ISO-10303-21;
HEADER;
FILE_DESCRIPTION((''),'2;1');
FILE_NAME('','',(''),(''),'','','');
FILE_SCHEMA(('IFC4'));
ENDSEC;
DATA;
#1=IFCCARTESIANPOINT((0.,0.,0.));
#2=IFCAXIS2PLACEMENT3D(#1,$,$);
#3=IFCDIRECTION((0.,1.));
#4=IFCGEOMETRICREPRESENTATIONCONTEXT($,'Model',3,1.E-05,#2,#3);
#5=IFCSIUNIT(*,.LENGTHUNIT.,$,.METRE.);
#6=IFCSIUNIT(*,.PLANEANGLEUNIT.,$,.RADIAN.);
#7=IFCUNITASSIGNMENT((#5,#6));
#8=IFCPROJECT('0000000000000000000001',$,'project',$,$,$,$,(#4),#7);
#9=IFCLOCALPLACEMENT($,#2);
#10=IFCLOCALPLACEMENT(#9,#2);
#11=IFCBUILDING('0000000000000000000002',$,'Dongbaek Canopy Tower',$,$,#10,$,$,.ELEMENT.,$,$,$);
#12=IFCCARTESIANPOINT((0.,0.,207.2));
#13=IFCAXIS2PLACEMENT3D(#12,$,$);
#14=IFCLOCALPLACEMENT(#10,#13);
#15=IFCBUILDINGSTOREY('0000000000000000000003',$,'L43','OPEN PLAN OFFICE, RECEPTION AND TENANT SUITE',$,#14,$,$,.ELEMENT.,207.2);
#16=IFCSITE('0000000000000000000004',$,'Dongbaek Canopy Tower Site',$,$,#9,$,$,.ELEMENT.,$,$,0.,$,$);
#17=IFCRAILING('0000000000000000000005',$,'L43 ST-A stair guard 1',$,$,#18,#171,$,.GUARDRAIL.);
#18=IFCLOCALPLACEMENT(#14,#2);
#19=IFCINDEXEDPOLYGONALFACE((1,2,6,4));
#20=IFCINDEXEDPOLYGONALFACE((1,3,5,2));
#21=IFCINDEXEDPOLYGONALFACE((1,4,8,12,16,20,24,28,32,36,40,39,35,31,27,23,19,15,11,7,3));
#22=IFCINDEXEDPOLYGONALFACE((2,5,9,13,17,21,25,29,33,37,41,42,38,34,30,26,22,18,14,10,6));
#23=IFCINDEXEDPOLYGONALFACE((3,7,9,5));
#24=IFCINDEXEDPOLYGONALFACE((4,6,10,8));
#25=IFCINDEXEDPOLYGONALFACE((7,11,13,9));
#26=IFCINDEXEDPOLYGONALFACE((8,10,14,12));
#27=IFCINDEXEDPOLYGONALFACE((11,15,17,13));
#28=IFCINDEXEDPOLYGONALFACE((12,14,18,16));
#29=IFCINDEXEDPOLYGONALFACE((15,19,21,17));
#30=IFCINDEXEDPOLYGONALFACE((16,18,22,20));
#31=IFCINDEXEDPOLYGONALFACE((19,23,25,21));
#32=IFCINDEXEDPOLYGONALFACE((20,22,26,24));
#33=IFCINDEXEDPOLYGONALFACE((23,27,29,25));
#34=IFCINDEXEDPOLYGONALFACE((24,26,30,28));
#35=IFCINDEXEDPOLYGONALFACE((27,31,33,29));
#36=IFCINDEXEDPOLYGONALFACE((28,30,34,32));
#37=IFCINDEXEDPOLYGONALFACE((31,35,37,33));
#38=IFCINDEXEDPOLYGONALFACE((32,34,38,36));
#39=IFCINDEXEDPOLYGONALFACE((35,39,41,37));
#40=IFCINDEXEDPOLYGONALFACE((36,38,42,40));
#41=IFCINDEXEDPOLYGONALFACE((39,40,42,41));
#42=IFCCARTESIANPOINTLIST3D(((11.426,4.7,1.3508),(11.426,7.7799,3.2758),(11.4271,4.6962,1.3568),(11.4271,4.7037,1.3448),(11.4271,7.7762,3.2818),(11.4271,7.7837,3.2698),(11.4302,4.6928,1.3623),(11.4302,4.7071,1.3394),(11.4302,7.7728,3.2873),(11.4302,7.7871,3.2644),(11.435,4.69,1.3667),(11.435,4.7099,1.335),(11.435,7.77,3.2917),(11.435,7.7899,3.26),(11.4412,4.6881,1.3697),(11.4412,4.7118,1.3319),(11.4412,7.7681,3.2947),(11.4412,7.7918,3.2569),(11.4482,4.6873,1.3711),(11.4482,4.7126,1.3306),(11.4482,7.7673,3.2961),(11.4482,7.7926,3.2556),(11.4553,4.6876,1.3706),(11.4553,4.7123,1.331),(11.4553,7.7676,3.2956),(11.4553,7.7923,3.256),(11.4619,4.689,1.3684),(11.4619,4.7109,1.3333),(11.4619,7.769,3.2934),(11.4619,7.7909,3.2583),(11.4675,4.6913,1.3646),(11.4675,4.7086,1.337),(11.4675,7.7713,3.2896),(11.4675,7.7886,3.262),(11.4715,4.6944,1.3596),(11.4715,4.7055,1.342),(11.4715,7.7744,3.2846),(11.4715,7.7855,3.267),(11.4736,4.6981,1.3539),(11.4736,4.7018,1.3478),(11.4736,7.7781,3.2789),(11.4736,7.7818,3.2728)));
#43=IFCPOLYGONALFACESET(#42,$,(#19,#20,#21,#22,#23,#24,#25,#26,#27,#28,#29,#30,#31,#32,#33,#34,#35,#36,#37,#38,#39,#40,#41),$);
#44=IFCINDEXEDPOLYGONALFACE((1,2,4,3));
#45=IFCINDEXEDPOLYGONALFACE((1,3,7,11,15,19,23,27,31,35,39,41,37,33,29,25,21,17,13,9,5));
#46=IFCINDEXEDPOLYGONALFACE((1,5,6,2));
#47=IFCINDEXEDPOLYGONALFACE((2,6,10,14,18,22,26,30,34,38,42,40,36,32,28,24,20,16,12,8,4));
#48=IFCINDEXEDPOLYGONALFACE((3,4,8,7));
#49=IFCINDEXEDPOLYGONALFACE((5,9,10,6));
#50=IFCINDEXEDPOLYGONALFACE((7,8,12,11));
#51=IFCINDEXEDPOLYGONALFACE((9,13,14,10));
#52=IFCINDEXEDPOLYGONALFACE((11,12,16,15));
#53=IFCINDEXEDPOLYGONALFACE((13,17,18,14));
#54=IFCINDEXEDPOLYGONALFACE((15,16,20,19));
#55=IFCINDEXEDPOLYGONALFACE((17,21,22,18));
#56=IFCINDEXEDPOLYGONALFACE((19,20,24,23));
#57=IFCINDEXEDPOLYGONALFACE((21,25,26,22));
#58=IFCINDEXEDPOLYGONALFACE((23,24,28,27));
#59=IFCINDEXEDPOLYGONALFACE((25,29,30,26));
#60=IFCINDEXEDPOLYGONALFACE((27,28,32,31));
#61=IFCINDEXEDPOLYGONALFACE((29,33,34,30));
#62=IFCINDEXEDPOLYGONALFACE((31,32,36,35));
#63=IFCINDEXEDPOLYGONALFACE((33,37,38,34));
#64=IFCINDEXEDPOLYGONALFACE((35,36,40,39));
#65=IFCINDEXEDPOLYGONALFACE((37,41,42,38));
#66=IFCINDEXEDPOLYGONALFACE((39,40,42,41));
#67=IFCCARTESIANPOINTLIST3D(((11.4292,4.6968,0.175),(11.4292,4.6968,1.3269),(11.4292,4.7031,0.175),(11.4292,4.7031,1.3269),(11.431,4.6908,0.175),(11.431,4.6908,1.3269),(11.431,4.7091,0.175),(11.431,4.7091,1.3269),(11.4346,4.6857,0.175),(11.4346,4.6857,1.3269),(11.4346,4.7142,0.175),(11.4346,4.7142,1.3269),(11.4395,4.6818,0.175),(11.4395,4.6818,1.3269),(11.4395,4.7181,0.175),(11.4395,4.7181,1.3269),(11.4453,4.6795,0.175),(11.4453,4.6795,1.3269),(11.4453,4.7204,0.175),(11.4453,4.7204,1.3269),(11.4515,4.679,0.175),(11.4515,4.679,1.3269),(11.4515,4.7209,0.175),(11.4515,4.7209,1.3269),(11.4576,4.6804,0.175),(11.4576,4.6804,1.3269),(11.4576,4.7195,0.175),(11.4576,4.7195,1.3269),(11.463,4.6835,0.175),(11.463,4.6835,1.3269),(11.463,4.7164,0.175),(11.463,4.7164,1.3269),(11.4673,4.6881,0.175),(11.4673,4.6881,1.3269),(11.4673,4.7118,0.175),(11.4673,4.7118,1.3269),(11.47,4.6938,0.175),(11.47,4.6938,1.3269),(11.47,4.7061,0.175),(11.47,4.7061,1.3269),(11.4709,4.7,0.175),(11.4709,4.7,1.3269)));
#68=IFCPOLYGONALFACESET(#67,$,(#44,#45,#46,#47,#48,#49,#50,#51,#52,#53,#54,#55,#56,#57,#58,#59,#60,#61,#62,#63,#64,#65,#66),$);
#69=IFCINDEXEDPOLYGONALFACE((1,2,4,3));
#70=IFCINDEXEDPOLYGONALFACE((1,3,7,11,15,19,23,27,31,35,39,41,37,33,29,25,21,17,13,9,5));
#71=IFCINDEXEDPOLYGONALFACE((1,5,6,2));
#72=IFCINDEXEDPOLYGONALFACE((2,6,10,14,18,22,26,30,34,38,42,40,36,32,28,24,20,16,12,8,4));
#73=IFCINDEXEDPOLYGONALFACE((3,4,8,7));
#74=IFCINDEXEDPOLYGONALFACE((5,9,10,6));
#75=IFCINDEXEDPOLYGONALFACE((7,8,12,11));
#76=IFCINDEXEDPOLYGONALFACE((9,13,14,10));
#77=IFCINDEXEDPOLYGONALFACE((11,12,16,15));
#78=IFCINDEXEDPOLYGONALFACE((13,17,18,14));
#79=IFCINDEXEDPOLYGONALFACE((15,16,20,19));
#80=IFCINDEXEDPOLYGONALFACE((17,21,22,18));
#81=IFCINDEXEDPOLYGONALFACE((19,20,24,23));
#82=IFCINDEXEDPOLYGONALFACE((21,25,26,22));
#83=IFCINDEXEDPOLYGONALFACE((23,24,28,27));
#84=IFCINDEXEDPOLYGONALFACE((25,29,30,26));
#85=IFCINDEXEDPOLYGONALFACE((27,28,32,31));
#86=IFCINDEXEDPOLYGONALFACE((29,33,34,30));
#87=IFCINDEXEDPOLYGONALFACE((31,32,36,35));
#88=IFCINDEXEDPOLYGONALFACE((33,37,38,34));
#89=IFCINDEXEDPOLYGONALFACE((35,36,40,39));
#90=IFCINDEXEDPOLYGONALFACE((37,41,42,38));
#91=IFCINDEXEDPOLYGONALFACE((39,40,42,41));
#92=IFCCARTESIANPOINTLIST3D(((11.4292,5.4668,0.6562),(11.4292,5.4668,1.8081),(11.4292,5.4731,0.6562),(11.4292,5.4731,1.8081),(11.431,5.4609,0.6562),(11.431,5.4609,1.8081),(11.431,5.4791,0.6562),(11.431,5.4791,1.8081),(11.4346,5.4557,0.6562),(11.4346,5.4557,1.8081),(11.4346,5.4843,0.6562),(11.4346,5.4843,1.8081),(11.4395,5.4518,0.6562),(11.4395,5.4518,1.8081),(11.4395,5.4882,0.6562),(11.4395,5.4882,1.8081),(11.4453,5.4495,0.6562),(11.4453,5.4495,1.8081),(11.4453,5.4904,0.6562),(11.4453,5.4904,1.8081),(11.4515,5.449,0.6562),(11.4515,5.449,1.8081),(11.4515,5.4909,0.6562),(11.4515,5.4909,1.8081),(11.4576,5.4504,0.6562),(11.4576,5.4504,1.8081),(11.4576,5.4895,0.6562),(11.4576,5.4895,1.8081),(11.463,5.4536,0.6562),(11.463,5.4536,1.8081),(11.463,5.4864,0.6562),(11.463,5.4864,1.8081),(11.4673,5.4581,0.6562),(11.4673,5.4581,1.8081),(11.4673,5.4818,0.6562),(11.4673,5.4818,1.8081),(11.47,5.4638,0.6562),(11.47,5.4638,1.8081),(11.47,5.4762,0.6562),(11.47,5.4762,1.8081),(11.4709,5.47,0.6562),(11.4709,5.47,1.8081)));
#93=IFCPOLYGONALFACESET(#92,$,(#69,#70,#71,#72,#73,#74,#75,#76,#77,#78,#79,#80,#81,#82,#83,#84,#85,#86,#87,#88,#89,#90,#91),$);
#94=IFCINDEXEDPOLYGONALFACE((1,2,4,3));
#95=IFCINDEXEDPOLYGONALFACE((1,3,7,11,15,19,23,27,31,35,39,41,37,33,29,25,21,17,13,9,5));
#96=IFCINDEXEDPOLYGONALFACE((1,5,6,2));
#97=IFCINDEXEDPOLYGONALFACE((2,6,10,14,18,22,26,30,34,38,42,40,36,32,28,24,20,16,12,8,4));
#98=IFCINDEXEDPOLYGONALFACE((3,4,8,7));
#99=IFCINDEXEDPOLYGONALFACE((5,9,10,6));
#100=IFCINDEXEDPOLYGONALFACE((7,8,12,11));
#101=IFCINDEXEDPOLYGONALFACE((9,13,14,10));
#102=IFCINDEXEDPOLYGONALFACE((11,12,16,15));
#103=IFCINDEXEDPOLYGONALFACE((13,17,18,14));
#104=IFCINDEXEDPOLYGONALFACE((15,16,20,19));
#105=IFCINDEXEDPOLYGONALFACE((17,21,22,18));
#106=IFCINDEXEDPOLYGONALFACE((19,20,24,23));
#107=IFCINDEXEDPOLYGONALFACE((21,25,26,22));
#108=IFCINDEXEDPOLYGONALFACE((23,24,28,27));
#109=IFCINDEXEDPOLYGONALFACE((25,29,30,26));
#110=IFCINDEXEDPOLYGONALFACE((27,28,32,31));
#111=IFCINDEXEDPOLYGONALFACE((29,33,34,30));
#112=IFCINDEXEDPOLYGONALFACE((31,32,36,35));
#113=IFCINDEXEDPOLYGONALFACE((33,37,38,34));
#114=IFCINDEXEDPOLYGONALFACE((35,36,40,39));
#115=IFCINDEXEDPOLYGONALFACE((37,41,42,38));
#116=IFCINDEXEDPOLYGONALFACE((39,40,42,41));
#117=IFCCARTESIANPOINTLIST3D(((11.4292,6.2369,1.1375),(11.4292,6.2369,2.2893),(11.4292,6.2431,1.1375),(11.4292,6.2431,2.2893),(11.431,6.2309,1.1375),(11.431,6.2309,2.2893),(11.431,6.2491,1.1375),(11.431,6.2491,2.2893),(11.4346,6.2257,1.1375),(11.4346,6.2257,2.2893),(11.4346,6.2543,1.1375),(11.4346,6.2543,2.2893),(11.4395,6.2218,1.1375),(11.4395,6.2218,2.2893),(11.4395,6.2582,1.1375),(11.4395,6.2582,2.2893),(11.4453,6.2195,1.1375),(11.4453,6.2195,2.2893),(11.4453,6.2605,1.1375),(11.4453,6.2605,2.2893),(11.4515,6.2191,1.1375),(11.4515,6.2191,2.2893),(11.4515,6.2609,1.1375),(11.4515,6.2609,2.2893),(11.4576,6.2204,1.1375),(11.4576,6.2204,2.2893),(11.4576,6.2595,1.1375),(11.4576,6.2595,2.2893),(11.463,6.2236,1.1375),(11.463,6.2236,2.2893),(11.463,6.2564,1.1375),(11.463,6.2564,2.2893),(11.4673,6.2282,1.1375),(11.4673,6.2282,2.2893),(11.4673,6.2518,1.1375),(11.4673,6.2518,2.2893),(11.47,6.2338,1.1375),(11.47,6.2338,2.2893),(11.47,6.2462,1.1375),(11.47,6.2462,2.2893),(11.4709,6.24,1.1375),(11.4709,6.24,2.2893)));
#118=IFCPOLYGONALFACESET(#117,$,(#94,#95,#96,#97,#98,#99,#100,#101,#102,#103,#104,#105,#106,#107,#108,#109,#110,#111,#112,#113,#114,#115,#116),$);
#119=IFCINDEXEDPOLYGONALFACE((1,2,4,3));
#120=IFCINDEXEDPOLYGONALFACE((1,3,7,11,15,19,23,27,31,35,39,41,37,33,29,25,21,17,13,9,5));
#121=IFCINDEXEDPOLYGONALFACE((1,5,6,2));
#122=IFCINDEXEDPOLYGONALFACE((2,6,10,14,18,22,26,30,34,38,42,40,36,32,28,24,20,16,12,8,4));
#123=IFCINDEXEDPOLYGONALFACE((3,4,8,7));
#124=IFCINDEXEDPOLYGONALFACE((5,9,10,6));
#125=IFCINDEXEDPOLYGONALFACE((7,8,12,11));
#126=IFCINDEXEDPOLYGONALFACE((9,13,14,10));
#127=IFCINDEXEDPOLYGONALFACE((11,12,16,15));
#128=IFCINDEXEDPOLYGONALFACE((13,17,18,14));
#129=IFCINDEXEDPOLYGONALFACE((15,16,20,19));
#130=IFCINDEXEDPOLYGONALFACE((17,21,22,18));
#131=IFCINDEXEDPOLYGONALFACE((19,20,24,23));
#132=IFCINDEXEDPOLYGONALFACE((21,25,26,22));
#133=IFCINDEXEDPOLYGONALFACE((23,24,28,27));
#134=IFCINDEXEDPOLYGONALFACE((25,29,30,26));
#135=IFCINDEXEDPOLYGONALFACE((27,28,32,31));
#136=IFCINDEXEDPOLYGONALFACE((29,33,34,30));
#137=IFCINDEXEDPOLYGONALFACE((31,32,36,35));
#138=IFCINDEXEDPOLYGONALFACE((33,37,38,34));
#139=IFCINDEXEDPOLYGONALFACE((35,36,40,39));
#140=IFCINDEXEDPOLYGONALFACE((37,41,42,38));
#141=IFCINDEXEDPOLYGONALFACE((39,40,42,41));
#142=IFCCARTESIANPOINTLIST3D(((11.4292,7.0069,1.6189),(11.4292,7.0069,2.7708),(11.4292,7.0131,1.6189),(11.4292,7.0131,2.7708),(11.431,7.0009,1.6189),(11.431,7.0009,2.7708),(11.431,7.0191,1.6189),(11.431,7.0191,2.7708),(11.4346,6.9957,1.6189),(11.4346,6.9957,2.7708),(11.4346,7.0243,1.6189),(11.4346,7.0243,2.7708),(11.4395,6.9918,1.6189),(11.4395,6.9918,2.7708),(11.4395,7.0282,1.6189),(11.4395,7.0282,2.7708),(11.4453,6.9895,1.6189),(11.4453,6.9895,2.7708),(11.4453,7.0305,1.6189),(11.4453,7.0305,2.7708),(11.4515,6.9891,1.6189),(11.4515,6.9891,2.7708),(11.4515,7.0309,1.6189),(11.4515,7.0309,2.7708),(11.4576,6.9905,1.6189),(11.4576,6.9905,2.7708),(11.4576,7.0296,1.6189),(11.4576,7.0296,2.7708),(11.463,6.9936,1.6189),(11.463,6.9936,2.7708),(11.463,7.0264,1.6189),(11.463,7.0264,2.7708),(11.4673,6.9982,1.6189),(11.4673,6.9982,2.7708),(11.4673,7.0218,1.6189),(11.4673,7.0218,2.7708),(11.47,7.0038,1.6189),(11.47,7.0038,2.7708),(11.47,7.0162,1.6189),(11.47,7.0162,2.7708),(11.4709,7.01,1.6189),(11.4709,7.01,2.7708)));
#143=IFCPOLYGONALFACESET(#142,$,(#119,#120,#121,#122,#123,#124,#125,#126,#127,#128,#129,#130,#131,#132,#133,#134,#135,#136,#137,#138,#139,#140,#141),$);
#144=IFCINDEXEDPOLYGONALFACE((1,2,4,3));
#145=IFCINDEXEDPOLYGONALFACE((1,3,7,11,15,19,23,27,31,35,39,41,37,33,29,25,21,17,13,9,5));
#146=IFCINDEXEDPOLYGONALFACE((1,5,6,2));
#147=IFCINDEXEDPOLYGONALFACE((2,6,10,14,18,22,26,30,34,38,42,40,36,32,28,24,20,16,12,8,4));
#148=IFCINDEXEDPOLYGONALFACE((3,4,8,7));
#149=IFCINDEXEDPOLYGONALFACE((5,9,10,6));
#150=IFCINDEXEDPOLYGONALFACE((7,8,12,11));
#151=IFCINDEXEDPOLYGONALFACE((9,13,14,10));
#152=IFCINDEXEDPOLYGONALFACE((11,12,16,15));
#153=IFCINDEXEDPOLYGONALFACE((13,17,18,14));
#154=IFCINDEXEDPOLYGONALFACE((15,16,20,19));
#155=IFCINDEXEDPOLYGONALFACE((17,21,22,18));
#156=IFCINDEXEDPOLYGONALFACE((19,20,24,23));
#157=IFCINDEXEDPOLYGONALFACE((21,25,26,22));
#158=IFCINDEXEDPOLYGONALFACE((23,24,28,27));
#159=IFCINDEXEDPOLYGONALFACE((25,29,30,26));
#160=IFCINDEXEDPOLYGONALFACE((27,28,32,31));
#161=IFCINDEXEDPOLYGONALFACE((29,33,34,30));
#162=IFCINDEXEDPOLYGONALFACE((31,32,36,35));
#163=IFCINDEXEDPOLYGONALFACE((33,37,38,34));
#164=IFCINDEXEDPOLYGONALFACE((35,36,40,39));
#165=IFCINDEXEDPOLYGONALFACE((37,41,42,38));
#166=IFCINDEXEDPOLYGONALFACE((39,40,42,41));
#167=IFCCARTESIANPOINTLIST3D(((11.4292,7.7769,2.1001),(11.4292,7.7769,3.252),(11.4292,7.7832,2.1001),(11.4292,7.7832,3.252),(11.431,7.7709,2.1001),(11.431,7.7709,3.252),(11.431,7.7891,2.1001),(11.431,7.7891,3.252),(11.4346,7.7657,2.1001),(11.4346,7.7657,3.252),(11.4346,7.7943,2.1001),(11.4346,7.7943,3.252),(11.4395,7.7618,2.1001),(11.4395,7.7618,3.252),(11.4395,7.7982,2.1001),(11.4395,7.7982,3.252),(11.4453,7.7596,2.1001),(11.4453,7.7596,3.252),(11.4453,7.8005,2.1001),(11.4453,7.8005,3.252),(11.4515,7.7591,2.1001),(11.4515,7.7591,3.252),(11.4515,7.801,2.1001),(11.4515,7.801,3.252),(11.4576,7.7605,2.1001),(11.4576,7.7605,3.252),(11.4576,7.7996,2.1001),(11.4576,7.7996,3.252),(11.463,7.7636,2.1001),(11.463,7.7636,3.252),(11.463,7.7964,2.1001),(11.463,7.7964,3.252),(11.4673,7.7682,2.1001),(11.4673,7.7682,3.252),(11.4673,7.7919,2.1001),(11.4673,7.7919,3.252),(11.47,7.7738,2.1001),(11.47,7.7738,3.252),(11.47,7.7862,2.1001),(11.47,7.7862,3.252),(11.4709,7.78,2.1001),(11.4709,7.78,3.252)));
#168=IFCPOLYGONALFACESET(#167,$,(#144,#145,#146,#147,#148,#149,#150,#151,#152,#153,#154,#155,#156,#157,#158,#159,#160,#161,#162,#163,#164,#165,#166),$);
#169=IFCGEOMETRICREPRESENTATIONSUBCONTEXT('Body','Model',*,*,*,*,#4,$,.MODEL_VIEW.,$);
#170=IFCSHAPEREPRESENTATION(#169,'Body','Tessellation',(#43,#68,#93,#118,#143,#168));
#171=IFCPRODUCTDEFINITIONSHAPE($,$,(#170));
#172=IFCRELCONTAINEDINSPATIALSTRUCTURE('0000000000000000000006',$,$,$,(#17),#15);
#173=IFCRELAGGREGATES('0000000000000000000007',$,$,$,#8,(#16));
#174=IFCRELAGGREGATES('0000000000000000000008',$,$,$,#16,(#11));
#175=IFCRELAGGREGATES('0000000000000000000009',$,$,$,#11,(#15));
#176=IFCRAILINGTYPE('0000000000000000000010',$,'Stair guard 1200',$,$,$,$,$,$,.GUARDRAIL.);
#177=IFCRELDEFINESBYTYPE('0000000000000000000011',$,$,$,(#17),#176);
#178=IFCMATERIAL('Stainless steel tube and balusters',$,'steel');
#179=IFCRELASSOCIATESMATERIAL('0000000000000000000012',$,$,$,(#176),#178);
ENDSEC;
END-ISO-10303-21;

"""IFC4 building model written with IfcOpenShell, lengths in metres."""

from ifc_helpers import new_model, si_unit, direction, frame, origin, origin_2d, place, context, subcontext, project, spatial, circle, extrude, material, type_object, element, save


model = new_model("IFC4")

# Units and contexts
model_context = context("Model", 3, precision=1e-05, world=origin(), true_north=direction((0.0, 1.0)))
body_context = subcontext(model_context, "Body", "Model", "MODEL_VIEW")
ifc_project = project(units=[si_unit("LENGTHUNIT", "METRE"), si_unit("PLANEANGLEUNIT", "RADIAN")], contexts=[model_context])

# Site, building, storey
site_placement = place(None, origin())
site = spatial("IfcSite", under=ifc_project, at=site_placement, Name="Dongbaek Canopy Tower Site", CompositionType="ELEMENT", RefElevation=0.0)
building_placement = place(site_placement, origin())
building = spatial("IfcBuilding", under=site, at=building_placement, Name="Dongbaek Canopy Tower", CompositionType="ELEMENT")
storey_placement = place(building_placement, frame((0.0, 0.0, 207.2)))
storey = spatial("IfcBuildingStorey", under=building, at=storey_placement, Name="L43", Description="OPEN PLAN OFFICE, RECEPTION AND TENANT SUITE", CompositionType="ELEMENT", Elevation=207.2)

# Railing
ifc_material_1 = material(Name="Stainless steel tube and balusters", Category="steel")
railing_type_1 = type_object("IfcRailingType", Name="Stair guard 1200", PredefinedType="GUARDRAIL", material=ifc_material_1)
railing_1_placement = place(storey_placement, frame((11.45, 4.7, 0.175)))
element("IfcRailing", 1, at=railing_1_placement, inside=storey, type_object=railing_type_1, Name="L43 ST-A stair guard 1", PredefinedType="GUARDRAIL", context=body_context, shape_type="SweptSolid", body=[
    extrude(circle(Radius=0.0239, at=origin_2d()), frame((0.0, 0.0, 1.1758), z_axis=(0.0, 0.847998, 0.529999), x_axis=(-1.0, 0.0, 0.0)), (0.0, 0.0, 1.0), 3.6321),
    extrude(circle(Radius=0.021, at=origin_2d()), origin(), (0.0, 0.0, 1.0), 1.1519),
    extrude(circle(Radius=0.021, at=origin_2d()), frame((0.0, 0.77, 0.4812)), (0.0, 0.0, 1.0), 1.1519),
    extrude(circle(Radius=0.021, at=origin_2d()), frame((0.0, 1.54, 0.9624)), (0.0, 0.0, 1.0), 1.1519),
    extrude(circle(Radius=0.021, at=origin_2d()), frame((0.0, 2.3101, 1.4438)), (0.0, 0.0, 1.0), 1.1519),
    extrude(circle(Radius=0.021, at=origin_2d()), frame((0.0, 3.0801, 1.925)), (0.0, 0.0, 1.0), 1.1519),
])

save(model, "model.ifc")
